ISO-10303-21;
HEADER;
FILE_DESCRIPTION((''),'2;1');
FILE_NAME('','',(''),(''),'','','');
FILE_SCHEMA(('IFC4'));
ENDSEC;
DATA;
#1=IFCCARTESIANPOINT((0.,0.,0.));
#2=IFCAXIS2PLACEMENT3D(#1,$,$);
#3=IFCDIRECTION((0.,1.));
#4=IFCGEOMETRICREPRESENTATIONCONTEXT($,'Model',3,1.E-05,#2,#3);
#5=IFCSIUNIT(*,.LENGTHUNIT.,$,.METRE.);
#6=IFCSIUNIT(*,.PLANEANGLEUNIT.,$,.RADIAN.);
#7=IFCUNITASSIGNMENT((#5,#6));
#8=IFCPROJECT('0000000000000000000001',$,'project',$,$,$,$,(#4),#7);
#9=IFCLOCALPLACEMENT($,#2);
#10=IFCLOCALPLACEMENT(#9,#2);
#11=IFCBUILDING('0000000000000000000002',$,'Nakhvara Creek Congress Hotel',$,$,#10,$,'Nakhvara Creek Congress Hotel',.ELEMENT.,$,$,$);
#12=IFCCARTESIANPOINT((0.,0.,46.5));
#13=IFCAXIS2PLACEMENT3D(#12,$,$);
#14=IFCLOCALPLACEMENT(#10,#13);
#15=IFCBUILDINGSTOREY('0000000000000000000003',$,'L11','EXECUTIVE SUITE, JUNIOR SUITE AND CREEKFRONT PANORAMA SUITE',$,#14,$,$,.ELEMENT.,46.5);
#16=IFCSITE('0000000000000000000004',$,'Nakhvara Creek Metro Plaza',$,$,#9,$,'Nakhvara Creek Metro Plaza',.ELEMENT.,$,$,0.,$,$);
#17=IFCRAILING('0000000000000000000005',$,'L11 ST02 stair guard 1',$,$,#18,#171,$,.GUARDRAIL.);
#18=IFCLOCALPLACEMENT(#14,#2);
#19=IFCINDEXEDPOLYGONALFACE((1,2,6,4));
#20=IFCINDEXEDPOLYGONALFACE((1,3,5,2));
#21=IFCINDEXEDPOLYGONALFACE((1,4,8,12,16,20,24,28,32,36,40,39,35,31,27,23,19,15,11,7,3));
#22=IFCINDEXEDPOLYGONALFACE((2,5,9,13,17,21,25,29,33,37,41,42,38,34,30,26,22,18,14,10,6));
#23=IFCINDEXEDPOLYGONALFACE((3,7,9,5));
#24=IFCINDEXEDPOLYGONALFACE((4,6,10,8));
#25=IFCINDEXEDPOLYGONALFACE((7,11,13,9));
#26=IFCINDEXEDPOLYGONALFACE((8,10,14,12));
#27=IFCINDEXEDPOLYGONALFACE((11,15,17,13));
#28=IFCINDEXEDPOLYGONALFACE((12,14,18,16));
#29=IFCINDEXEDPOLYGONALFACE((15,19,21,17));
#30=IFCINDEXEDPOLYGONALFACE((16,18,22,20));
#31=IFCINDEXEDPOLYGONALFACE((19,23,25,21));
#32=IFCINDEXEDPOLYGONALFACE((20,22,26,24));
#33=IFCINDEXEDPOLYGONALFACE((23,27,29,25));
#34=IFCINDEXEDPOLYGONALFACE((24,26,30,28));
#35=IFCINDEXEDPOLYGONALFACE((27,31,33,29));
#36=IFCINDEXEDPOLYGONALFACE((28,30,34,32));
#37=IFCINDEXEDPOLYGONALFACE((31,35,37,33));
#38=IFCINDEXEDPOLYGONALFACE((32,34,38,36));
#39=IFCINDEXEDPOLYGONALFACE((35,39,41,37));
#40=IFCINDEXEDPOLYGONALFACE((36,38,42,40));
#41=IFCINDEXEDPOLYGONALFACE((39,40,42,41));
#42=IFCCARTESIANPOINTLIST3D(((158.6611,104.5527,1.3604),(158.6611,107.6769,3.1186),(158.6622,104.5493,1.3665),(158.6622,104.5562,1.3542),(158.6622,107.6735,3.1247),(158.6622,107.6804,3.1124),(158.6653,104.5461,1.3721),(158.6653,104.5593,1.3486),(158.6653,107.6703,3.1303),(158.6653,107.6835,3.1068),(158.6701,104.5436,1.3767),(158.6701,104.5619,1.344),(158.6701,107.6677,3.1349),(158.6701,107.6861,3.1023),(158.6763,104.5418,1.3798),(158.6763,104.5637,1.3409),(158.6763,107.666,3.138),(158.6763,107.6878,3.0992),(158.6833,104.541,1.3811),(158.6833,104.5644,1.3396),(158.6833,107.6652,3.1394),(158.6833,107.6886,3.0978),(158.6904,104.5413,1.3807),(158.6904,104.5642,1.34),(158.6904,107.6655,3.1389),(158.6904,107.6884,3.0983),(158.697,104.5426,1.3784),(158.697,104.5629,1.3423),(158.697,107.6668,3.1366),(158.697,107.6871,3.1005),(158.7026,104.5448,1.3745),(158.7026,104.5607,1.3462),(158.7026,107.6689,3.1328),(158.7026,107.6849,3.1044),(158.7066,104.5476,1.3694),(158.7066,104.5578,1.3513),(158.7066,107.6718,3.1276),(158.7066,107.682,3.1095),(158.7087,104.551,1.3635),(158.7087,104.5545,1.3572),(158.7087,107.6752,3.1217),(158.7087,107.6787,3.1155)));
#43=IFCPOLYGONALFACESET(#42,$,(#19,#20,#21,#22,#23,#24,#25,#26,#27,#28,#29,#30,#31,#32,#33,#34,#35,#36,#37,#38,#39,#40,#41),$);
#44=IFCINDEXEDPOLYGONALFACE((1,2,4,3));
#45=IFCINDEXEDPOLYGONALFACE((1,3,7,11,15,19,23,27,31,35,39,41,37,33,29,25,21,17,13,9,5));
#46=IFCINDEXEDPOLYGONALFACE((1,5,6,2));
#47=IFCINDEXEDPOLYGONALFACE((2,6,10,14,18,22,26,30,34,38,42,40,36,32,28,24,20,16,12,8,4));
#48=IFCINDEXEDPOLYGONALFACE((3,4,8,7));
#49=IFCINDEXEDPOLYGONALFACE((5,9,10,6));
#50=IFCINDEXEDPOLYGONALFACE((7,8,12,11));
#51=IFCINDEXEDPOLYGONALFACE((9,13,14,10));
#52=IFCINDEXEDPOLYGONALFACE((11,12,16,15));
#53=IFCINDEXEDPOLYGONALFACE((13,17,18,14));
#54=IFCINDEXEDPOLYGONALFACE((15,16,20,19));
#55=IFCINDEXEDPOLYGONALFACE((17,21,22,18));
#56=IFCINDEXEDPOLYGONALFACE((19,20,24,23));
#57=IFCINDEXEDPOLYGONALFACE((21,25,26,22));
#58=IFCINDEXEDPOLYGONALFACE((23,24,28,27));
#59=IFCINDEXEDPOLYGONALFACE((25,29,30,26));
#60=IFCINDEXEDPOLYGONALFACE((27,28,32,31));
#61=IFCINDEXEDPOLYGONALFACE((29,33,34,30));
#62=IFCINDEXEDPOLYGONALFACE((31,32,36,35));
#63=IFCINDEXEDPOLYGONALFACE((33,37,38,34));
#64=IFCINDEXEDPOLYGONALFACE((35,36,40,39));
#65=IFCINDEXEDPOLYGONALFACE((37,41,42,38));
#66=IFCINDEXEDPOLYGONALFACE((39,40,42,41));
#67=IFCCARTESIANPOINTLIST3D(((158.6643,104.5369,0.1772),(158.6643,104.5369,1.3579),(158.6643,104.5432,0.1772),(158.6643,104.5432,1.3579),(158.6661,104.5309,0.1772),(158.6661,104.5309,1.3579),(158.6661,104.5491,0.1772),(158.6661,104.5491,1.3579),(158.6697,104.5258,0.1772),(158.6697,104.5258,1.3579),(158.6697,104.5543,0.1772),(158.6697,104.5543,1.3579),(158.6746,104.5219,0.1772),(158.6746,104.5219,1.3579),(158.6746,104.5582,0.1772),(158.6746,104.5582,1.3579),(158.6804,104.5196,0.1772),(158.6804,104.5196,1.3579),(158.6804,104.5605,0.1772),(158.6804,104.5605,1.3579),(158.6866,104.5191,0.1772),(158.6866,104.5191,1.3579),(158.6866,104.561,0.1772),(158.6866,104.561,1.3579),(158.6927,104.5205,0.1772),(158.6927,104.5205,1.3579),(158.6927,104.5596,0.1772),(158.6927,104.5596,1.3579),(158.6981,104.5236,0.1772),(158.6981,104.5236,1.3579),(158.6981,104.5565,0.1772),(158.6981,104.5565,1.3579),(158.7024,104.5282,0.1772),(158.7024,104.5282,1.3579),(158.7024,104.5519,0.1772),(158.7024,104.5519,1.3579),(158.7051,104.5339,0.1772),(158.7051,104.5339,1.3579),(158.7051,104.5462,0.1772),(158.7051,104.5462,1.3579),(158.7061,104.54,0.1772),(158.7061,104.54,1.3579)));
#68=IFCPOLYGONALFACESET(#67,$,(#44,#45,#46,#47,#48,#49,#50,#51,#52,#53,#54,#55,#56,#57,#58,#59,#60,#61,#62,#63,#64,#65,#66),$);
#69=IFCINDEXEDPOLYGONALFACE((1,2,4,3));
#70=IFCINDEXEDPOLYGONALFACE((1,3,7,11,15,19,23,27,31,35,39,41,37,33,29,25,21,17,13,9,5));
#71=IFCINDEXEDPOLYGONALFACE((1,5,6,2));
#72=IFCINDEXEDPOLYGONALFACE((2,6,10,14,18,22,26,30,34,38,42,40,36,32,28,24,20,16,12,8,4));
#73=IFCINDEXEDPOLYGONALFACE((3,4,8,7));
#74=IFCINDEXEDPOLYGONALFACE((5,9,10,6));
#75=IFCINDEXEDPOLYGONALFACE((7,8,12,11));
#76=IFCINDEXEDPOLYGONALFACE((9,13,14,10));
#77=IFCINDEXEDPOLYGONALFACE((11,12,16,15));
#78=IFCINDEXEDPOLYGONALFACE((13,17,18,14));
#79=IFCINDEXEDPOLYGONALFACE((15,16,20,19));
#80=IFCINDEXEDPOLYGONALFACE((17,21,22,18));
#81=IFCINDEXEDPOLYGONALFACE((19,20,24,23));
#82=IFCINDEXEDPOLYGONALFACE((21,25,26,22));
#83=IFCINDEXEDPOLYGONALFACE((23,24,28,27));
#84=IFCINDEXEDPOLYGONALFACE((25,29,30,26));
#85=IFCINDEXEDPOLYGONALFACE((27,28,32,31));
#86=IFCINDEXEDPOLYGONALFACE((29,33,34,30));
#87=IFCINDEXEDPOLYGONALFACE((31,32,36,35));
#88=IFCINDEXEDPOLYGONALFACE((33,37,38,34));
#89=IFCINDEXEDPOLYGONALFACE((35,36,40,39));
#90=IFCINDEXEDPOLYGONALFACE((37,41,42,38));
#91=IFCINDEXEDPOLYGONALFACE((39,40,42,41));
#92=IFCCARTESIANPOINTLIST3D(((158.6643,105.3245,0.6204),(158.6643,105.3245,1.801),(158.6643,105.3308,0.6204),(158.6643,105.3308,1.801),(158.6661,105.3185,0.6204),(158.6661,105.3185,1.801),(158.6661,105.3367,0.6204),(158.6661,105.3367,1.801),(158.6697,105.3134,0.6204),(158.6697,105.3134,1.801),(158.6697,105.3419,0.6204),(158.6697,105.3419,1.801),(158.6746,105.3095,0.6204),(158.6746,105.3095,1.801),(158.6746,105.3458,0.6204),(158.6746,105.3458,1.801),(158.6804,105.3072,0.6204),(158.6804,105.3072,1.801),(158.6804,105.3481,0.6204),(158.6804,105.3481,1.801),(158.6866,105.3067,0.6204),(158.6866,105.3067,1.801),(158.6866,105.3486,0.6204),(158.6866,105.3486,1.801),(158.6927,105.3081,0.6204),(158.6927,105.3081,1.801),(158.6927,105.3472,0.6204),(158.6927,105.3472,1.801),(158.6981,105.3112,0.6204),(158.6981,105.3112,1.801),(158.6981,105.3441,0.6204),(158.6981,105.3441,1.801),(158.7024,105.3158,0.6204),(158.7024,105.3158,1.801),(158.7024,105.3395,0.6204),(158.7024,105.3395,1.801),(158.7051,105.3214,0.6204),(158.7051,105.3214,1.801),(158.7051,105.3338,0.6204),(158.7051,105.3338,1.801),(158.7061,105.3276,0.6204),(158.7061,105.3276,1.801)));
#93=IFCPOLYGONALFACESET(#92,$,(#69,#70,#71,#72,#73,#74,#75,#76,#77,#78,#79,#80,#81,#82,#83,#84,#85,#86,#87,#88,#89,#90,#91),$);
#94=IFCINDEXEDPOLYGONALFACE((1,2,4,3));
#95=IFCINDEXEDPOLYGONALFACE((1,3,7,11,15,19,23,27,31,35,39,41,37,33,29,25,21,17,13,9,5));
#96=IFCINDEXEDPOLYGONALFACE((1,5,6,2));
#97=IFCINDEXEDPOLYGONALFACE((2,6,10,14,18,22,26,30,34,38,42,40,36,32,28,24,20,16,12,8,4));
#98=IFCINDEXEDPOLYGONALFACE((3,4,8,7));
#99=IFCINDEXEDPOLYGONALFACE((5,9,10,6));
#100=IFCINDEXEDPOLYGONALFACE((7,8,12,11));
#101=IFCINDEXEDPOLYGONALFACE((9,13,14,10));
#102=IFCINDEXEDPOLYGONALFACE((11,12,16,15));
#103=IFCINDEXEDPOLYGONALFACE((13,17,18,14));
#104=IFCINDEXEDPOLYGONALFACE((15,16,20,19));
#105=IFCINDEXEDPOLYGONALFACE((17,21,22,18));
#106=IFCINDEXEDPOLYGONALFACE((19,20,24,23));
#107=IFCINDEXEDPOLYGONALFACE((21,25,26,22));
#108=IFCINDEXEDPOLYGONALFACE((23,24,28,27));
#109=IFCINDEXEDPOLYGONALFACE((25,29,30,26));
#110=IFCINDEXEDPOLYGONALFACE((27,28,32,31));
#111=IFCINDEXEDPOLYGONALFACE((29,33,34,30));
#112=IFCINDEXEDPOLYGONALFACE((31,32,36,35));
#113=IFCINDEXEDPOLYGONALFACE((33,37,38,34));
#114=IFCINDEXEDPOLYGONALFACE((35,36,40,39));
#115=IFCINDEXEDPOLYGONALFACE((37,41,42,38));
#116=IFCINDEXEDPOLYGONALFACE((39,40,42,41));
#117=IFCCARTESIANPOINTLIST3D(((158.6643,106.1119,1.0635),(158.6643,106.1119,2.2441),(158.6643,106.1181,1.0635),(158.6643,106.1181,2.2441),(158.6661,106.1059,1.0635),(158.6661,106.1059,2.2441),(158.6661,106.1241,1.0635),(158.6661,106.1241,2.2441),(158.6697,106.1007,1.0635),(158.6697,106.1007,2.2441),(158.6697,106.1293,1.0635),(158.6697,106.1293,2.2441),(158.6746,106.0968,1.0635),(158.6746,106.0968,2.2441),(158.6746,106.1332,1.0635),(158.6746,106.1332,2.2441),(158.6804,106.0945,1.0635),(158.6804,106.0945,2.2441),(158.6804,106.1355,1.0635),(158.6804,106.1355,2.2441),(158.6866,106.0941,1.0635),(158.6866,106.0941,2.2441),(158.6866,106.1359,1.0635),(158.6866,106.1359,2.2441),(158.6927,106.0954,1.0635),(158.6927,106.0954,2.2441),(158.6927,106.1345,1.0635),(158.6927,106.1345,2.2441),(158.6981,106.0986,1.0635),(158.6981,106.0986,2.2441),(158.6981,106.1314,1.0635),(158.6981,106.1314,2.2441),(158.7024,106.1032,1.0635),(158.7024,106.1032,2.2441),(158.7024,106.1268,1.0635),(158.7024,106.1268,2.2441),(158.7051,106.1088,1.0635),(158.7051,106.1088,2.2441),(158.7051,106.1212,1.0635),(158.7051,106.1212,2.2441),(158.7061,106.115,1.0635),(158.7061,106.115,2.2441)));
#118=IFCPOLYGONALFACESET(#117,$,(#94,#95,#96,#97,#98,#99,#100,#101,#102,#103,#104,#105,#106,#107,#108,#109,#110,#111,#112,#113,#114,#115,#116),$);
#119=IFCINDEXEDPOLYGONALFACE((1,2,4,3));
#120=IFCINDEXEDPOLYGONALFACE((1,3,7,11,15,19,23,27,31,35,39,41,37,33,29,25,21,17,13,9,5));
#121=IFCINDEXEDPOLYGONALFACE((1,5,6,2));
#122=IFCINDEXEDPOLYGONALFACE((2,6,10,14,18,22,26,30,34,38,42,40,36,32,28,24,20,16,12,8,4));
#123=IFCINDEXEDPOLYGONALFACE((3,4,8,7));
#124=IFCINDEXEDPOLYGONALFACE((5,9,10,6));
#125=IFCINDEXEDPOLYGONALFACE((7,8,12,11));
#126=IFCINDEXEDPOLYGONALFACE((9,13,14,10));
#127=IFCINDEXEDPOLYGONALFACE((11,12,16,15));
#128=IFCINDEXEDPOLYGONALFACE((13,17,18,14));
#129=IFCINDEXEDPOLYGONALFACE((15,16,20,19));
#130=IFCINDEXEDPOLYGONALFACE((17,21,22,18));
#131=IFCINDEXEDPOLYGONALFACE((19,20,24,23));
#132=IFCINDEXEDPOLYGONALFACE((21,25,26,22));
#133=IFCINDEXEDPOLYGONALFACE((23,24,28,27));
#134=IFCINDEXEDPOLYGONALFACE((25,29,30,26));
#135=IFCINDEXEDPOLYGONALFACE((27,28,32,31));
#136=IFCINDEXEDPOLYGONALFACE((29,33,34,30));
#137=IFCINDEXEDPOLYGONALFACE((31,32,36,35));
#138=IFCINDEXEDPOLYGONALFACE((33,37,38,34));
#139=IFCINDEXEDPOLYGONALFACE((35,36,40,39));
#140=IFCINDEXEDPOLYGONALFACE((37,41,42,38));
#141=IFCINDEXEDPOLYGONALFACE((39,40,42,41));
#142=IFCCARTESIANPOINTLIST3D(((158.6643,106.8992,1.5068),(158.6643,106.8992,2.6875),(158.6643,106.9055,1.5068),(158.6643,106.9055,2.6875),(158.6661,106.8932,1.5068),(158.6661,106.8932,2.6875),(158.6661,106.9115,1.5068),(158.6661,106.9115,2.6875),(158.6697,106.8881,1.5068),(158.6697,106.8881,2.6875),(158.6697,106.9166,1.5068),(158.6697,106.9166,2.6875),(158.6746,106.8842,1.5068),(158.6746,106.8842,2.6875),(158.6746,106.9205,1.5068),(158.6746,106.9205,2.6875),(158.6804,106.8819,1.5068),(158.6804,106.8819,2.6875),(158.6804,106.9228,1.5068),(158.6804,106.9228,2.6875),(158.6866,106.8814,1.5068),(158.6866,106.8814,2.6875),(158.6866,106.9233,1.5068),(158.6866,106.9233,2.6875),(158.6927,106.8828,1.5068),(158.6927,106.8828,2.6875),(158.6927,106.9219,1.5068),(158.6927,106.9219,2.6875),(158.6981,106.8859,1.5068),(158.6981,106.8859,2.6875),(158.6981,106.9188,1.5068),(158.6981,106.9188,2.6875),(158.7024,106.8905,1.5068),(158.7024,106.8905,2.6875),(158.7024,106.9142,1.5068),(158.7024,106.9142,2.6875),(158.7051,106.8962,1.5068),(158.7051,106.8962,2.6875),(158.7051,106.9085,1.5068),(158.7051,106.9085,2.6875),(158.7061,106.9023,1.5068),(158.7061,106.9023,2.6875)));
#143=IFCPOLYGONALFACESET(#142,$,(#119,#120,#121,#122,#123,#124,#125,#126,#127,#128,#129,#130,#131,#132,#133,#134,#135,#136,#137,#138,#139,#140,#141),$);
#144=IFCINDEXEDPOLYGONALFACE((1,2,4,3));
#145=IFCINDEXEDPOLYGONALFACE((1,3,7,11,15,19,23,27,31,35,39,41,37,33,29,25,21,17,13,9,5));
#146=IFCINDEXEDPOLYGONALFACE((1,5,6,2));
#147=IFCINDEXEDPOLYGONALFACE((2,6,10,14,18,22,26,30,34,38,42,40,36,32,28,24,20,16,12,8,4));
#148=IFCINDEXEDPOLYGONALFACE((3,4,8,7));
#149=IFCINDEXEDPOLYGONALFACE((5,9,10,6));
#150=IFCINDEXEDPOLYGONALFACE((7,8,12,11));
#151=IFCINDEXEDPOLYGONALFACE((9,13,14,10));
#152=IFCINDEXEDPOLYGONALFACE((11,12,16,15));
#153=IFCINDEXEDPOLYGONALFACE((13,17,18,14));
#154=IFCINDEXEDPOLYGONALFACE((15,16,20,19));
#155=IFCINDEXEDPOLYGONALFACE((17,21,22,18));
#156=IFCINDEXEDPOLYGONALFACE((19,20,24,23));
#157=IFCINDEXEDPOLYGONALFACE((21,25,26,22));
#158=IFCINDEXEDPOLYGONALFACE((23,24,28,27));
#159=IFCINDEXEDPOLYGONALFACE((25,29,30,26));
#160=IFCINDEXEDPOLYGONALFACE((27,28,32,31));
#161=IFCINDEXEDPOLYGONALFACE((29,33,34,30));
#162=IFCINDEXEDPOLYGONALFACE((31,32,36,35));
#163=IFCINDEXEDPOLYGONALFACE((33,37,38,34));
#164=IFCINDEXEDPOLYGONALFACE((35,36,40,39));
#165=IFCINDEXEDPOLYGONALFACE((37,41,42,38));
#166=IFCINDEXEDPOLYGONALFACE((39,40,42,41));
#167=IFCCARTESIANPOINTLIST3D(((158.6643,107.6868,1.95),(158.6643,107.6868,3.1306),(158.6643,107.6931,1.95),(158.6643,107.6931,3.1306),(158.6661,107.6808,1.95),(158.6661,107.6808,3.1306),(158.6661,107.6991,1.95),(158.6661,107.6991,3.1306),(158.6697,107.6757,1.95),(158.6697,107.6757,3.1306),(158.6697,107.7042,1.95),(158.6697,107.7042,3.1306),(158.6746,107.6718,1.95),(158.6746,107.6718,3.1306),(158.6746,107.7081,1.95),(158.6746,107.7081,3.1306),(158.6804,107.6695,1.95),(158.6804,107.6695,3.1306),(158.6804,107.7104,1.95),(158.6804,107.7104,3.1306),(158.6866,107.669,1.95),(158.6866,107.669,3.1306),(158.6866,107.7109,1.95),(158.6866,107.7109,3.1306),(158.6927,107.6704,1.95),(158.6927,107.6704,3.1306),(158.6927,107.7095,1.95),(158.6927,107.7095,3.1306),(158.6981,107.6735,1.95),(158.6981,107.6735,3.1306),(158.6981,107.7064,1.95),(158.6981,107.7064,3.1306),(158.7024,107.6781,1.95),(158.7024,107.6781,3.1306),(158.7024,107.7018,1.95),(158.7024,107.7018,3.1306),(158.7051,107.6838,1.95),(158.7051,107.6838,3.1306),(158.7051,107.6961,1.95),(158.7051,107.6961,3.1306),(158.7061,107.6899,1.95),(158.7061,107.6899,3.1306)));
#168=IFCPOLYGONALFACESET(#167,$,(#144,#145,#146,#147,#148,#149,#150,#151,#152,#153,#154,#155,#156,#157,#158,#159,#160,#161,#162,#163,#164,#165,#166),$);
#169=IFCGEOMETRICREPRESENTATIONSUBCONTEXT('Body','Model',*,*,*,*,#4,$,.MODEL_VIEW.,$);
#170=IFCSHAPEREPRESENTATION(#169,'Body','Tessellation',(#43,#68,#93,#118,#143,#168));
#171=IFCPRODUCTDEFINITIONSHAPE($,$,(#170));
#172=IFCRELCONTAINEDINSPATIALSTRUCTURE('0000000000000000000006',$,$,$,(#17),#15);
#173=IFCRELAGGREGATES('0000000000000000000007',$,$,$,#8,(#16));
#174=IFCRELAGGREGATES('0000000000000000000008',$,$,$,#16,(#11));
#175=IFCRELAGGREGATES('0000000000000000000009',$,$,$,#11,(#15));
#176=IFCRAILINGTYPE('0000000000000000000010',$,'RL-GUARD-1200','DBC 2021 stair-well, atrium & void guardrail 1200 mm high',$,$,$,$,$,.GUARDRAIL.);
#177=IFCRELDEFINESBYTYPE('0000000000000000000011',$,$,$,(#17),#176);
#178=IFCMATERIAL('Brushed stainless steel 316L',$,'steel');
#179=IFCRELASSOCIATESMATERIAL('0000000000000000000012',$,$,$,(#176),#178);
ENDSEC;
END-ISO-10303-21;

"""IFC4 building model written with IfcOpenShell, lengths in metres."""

from ifc_helpers import new_model, si_unit, direction, frame, origin, origin_2d, place, context, subcontext, project, spatial, circle, extrude, material, type_object, element, save


model = new_model("IFC4")

# Units and contexts
model_context = context("Model", 3, precision=1e-05, world=origin(), true_north=direction((0.0, 1.0)))
body_context = subcontext(model_context, "Body", "Model", "MODEL_VIEW")
ifc_project = project(units=[si_unit("LENGTHUNIT", "METRE"), si_unit("PLANEANGLEUNIT", "RADIAN")], contexts=[model_context])

# Site, building, storey
site_placement = place(None, origin())
site = spatial("IfcSite", under=ifc_project, at=site_placement, Name="Nakhvara Creek Metro Plaza", LongName="Nakhvara Creek Metro Plaza", CompositionType="ELEMENT", RefElevation=0.0)
building_placement = place(site_placement, origin())
building = spatial("IfcBuilding", under=site, at=building_placement, Name="Nakhvara Creek Congress Hotel", LongName="Nakhvara Creek Congress Hotel", CompositionType="ELEMENT")
storey_placement = place(building_placement, frame((0.0, 0.0, 46.5)))
storey = spatial("IfcBuildingStorey", under=building, at=storey_placement, Name="L11", Description="EXECUTIVE SUITE, JUNIOR SUITE AND CREEKFRONT PANORAMA SUITE", CompositionType="ELEMENT", Elevation=46.5)

# Railing
ifc_material_1 = material(Name="Brushed stainless steel 316L", Category="steel")
railing_type_1 = type_object("IfcRailingType", Name="RL-GUARD-1200", Description="DBC 2021 stair-well, atrium & void guardrail 1200 mm high", PredefinedType="GUARDRAIL", material=ifc_material_1)
railing_1_placement = place(storey_placement, frame((158.6851, 104.54, 0.1772)))
element("IfcRailing", 1, at=railing_1_placement, inside=storey, type_object=railing_type_1, Name="L11 ST02 stair guard 1", PredefinedType="GUARDRAIL", context=body_context, shape_type="SweptSolid", body=[
    extrude(circle(Radius=0.0239, at=origin_2d()), frame((0.0, 0.0127, 1.1831), z_axis=(0.0, 0.871471, 0.490447), x_axis=(-1.0, 0.0, 0.0)), (0.0, 0.0, 1.0), 3.585),
    extrude(circle(Radius=0.021, at=origin_2d()), origin(), (0.0, 0.0, 1.0), 1.1807),
    extrude(circle(Radius=0.021, at=origin_2d()), frame((0.0, 0.7876, 0.4431)), (0.0, 0.0, 1.0), 1.1807),
    extrude(circle(Radius=0.021, at=origin_2d()), frame((0.0, 1.575, 0.8862)), (0.0, 0.0, 1.0), 1.1807),
    extrude(circle(Radius=0.021, at=origin_2d()), frame((0.0, 2.3623, 1.3296)), (0.0, 0.0, 1.0), 1.1807),
    extrude(circle(Radius=0.021, at=origin_2d()), frame((0.0, 3.1499, 1.7727)), (0.0, 0.0, 1.0), 1.1807),
])

save(model, "model.ifc")
